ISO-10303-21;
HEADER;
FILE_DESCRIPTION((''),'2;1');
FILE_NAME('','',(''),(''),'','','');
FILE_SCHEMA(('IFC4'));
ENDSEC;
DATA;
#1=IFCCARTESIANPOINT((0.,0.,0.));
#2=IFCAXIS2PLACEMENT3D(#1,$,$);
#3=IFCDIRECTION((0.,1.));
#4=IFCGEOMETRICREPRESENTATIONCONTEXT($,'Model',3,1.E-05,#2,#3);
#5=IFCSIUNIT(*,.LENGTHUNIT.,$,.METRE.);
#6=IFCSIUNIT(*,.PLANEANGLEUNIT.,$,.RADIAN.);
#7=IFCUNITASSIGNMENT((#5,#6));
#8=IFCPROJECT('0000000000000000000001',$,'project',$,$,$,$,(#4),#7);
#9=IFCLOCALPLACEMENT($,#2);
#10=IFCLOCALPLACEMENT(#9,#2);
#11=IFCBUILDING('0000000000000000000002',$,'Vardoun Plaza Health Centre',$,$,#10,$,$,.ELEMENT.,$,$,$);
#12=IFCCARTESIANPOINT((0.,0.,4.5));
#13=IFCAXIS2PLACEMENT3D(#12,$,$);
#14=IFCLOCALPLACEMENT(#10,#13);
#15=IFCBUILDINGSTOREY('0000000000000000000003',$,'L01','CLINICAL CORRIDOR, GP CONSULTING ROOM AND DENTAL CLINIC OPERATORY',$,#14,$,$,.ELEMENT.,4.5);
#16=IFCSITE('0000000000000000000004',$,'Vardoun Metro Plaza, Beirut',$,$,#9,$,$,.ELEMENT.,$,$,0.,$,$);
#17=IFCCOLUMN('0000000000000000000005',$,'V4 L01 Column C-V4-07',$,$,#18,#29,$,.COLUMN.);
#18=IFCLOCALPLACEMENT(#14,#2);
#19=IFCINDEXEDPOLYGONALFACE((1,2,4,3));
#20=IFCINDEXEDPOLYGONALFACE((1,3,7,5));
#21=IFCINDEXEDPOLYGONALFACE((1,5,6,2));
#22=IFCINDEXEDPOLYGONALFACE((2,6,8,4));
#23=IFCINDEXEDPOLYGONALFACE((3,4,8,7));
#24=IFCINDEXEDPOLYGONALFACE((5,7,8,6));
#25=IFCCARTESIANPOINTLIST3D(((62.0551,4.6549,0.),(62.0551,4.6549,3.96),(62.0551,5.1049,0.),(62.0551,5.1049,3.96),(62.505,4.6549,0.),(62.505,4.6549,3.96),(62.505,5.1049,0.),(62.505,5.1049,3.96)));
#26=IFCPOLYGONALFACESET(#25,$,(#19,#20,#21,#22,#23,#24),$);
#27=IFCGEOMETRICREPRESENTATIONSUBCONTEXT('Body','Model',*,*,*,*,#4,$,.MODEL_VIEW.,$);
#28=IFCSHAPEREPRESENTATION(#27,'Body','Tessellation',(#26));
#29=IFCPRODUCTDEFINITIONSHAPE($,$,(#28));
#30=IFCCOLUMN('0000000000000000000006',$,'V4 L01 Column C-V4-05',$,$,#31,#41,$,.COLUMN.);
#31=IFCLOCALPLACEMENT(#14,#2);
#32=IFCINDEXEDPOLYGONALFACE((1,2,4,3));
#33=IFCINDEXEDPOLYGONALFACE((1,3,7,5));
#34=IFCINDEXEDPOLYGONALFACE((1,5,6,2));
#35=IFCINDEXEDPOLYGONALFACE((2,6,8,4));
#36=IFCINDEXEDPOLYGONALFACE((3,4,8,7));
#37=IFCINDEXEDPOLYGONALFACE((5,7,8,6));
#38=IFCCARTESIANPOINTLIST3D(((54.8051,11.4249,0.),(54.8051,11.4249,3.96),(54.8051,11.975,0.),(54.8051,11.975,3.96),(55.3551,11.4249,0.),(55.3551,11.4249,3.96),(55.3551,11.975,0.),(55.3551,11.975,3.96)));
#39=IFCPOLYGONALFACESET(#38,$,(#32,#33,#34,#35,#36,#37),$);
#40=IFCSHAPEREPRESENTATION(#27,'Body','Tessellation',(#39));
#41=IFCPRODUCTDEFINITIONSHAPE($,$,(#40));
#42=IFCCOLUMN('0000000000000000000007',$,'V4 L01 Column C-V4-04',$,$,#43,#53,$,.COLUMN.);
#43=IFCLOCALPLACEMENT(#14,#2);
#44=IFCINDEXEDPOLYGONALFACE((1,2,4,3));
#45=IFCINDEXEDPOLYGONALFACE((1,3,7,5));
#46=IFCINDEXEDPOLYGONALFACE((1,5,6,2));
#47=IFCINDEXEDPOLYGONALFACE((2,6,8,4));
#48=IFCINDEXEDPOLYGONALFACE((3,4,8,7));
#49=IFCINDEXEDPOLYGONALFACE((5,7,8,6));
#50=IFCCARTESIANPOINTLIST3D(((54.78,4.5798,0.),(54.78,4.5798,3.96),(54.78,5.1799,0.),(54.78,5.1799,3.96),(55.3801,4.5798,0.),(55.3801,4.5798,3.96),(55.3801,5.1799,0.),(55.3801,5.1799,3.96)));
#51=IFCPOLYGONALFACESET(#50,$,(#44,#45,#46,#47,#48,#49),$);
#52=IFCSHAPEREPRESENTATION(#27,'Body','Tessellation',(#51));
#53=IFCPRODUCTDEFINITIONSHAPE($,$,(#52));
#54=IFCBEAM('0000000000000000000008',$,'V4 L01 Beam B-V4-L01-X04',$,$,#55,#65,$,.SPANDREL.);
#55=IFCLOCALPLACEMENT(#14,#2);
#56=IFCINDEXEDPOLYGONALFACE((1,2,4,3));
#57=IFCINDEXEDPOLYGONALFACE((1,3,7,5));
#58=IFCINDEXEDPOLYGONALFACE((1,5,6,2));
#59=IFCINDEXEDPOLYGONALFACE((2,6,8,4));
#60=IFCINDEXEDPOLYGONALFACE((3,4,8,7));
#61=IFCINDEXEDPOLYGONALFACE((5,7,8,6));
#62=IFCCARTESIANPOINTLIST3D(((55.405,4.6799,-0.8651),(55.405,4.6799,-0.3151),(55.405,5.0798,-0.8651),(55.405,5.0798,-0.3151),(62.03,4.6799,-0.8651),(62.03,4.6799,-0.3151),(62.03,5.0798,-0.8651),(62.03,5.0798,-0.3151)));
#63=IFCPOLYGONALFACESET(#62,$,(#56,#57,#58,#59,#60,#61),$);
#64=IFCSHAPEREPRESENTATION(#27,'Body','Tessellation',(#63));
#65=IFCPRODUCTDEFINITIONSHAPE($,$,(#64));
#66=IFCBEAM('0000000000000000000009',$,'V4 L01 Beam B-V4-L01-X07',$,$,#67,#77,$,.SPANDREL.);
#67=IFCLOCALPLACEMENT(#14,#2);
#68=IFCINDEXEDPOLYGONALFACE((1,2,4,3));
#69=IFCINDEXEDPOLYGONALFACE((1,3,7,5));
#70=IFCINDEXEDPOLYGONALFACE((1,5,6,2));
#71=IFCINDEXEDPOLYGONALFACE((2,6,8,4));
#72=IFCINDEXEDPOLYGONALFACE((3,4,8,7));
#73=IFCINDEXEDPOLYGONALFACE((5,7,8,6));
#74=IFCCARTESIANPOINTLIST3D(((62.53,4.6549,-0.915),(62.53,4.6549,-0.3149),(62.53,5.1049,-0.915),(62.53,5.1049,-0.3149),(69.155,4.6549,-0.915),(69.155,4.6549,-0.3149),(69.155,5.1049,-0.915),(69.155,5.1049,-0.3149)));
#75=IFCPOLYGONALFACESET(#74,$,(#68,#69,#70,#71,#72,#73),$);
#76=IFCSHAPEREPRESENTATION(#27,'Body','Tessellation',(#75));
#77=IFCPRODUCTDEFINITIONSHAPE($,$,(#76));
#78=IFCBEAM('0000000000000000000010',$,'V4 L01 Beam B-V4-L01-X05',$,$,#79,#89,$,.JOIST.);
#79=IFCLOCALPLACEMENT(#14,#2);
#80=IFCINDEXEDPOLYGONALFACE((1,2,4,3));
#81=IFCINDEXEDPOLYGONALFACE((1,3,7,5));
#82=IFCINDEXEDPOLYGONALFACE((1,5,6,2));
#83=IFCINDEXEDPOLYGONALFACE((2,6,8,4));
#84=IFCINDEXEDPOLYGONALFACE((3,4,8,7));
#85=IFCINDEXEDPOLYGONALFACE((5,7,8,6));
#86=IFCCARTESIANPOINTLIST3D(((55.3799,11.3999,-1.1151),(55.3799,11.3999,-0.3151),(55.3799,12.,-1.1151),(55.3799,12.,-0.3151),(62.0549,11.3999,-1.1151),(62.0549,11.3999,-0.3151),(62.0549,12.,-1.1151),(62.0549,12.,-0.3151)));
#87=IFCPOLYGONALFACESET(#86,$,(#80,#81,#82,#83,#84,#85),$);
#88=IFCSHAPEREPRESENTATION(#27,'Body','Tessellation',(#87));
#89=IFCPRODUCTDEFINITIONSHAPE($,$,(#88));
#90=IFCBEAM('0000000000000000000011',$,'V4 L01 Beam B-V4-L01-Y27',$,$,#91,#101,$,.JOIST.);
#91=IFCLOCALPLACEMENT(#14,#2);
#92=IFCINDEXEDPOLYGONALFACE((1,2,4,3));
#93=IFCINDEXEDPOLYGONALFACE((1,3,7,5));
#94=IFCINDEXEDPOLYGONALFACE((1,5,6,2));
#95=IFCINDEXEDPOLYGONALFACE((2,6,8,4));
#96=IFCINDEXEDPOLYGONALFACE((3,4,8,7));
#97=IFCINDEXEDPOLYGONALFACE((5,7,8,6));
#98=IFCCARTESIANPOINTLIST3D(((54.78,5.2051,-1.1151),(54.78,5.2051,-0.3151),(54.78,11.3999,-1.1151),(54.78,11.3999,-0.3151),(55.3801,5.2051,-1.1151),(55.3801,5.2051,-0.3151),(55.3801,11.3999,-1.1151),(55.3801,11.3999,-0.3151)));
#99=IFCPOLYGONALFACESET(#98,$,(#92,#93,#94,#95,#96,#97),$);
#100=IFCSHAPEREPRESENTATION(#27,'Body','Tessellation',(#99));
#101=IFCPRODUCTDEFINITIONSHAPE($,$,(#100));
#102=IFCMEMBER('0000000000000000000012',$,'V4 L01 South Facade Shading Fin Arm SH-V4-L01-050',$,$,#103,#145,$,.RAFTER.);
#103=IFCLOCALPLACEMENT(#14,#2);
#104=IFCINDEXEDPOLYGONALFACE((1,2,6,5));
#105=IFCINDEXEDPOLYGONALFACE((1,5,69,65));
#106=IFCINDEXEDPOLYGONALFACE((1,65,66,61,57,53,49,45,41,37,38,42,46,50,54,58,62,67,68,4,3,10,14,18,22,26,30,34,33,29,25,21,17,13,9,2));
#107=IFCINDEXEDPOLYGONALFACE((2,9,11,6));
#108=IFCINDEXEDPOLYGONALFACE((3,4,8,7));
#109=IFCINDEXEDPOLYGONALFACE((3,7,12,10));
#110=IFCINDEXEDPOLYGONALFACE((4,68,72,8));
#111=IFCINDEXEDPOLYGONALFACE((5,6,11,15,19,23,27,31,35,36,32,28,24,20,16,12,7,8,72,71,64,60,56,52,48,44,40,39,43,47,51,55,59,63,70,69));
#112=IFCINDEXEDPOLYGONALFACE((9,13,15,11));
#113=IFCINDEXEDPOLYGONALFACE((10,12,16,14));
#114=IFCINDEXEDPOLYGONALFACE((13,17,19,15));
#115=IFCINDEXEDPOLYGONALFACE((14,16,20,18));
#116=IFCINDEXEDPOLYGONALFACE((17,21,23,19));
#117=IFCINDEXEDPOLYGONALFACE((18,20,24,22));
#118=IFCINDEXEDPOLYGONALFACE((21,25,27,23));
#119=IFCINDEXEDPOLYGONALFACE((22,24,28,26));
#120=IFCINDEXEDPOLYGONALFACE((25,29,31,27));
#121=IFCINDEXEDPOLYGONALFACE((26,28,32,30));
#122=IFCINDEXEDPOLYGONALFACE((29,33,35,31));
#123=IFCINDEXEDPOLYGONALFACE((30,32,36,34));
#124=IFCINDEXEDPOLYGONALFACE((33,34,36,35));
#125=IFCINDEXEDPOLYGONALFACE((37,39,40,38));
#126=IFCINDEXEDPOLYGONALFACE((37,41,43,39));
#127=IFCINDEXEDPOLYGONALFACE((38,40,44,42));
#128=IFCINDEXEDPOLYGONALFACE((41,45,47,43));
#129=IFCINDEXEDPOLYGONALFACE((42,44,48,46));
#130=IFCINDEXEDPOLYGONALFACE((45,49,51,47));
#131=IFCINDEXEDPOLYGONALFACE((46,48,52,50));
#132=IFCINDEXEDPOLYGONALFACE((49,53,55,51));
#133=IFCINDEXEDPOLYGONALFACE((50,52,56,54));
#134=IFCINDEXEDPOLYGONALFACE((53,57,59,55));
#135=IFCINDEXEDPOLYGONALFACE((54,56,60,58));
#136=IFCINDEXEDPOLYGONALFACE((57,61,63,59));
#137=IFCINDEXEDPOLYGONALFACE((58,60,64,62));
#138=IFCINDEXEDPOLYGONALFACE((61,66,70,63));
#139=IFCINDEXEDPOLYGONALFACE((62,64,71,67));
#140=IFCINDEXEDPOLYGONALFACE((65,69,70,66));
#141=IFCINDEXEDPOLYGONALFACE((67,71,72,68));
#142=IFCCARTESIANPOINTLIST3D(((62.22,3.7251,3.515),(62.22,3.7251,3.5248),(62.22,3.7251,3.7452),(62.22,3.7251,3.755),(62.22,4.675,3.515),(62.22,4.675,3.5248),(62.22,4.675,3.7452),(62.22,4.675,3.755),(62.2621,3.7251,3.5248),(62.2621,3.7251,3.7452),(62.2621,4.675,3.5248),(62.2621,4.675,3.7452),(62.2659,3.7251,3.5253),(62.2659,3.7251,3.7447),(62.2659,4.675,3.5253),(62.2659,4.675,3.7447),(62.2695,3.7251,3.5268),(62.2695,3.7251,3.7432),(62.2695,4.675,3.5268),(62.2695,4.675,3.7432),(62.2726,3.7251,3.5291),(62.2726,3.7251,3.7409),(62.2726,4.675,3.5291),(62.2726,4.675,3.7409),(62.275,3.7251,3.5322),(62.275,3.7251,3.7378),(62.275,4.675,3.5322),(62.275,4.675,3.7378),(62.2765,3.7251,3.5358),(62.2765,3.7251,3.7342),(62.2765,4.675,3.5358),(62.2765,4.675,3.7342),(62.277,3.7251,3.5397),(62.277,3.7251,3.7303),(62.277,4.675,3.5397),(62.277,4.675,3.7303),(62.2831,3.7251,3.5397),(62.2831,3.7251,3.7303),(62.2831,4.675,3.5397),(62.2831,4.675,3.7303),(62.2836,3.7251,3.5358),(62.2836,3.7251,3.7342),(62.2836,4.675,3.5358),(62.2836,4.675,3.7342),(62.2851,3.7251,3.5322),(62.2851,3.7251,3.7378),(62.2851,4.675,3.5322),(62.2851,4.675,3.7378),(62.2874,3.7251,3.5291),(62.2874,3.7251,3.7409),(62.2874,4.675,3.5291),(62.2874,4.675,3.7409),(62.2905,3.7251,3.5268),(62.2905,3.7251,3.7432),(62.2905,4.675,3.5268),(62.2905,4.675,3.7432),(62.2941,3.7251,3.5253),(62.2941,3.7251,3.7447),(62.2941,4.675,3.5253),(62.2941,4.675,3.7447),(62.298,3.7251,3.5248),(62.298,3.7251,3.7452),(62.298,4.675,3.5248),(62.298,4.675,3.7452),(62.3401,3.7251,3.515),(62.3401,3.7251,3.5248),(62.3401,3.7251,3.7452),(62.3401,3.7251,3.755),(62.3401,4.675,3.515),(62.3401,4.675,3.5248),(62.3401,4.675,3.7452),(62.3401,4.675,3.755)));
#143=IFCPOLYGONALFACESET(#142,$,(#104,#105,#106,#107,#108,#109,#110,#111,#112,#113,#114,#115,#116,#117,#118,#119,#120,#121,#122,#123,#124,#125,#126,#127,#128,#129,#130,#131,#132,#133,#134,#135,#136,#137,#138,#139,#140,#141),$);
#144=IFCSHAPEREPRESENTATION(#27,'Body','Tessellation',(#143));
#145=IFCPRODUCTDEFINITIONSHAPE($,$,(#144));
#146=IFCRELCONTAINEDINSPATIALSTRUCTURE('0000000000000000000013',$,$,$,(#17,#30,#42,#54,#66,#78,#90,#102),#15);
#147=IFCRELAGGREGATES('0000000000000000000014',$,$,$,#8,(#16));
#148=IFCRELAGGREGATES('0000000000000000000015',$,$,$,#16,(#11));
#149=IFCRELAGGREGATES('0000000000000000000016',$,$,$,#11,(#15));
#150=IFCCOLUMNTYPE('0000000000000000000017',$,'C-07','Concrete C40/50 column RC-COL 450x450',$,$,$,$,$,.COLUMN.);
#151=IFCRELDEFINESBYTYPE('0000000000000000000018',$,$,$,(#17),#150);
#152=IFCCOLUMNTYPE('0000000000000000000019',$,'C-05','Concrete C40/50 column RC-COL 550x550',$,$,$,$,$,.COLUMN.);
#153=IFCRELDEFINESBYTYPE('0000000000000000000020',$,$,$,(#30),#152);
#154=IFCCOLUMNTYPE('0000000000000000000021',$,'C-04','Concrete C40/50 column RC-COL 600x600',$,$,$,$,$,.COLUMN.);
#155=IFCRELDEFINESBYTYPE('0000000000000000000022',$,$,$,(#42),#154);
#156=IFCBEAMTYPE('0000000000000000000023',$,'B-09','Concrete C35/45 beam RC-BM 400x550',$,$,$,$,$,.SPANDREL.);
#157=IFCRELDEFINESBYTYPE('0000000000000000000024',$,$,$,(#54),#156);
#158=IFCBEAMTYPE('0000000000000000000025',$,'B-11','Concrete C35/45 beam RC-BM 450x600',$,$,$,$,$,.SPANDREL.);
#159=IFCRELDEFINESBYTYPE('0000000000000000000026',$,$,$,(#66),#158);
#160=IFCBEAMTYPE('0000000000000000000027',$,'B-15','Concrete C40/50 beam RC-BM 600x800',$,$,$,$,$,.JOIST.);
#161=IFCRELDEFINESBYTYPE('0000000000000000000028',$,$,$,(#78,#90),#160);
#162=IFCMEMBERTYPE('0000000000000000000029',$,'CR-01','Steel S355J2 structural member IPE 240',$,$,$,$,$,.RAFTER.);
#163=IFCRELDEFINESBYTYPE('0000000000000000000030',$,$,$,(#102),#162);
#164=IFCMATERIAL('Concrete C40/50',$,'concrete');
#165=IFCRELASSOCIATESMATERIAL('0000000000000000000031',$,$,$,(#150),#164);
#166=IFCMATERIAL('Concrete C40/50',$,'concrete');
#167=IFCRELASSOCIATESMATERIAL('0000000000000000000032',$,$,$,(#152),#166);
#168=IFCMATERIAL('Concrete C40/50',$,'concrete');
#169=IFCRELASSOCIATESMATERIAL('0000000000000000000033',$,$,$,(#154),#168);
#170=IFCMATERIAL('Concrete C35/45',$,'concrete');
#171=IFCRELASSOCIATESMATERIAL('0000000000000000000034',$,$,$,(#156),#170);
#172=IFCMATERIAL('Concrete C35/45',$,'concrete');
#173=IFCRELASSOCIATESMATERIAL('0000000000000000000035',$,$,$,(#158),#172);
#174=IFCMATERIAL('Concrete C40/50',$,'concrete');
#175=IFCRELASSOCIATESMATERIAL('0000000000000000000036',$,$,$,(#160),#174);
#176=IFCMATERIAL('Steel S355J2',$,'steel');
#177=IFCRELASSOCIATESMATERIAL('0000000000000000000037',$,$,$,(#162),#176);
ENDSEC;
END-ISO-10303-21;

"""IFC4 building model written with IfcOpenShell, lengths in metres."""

from ifc_helpers import new_model, si_unit, direction, frame, origin, origin_2d, place, context, subcontext, project, spatial, rectangle, i_section, extrude, material, material_profile, profile_set, type_object, element, save


model = new_model("IFC4")

# Units and contexts
model_context = context("Model", 3, precision=1e-05, world=origin(), true_north=direction((0.0, 1.0)))
body_context = subcontext(model_context, "Body", "Model", "MODEL_VIEW")
ifc_project = project(units=[si_unit("LENGTHUNIT", "METRE"), si_unit("PLANEANGLEUNIT", "RADIAN")], contexts=[model_context])

# Site, building, storey
site_placement = place(None, origin())
site = spatial("IfcSite", under=ifc_project, at=site_placement, Name="Vardoun Metro Plaza, Beirut", CompositionType="ELEMENT", RefElevation=0.0)
building_placement = place(site_placement, origin())
building = spatial("IfcBuilding", under=site, at=building_placement, Name="Vardoun Plaza Health Centre", CompositionType="ELEMENT")
storey_placement = place(building_placement, frame((0.0, 0.0, 4.5)))
storey = spatial("IfcBuildingStorey", under=building, at=storey_placement, Name="L01", Description="CLINICAL CORRIDOR, GP CONSULTING ROOM AND DENTAL CLINIC OPERATORY", CompositionType="ELEMENT", Elevation=4.5)

# Columns
ifc_material_1 = material(Name="Concrete C40/50", Category="concrete")
ifc_material_profile_1 = material_profile(ifc_material_1, rectangle(XDim=0.45, YDim=0.45, at=origin_2d()), Name="RC-COL 450x450")
ifc_profile_set_1 = profile_set([ifc_material_profile_1], Name="Concrete C40/50")
column_type_1 = type_object("IfcColumnType", Name="C-07", Description="Concrete C40/50 column RC-COL 450x450", PredefinedType="COLUMN", material=ifc_profile_set_1)
column_1_placement = place(storey_placement, frame((62.28, 4.8799, 0.0), z_axis=(0.0, 0.0, 1.0), x_axis=(1.0, 0.0, 0.0)))
element("IfcColumn", 1, at=column_1_placement, inside=storey, type_object=column_type_1, Name="V4 L01 Column C-V4-07", PredefinedType="COLUMN", context=body_context, shape_type="SweptSolid", body=[
    extrude(rectangle(XDim=0.45, YDim=0.45, at=origin_2d()), origin(), (0.0, 0.0, 1.0), 3.96),
])
ifc_material_2 = material(Name="Concrete C40/50", Category="concrete")
ifc_material_profile_2 = material_profile(ifc_material_2, rectangle(XDim=0.55, YDim=0.55, at=origin_2d()), Name="RC-COL 550x550")
ifc_profile_set_2 = profile_set([ifc_material_profile_2], Name="Concrete C40/50")
column_type_2 = type_object("IfcColumnType", Name="C-05", Description="Concrete C40/50 column RC-COL 550x550", PredefinedType="COLUMN", material=ifc_profile_set_2)
column_2_placement = place(storey_placement, frame((55.0801, 11.7, 0.0), z_axis=(0.0, 0.0, 1.0), x_axis=(1.0, 0.0, 0.0)))
element("IfcColumn", 2, at=column_2_placement, inside=storey, type_object=column_type_2, Name="V4 L01 Column C-V4-05", PredefinedType="COLUMN", context=body_context, shape_type="SweptSolid", body=[
    extrude(rectangle(XDim=0.55, YDim=0.55, at=origin_2d()), origin(), (0.0, 0.0, 1.0), 3.96),
])
ifc_material_3 = material(Name="Concrete C40/50", Category="concrete")
ifc_material_profile_3 = material_profile(ifc_material_3, rectangle(XDim=0.6001, YDim=0.6001, at=origin_2d()), Name="RC-COL 600x600")
ifc_profile_set_3 = profile_set([ifc_material_profile_3], Name="Concrete C40/50")
column_type_3 = type_object("IfcColumnType", Name="C-04", Description="Concrete C40/50 column RC-COL 600x600", PredefinedType="COLUMN", material=ifc_profile_set_3)
column_3_placement = place(storey_placement, frame((55.0801, 4.8799, 0.0), z_axis=(0.0, 0.0, 1.0), x_axis=(1.0, 0.0, 0.0)))
element("IfcColumn", 3, at=column_3_placement, inside=storey, type_object=column_type_3, Name="V4 L01 Column C-V4-04", PredefinedType="COLUMN", context=body_context, shape_type="SweptSolid", body=[
    extrude(rectangle(XDim=0.6001, YDim=0.6001, at=origin_2d()), origin(), (0.0, 0.0, 1.0), 3.96),
])

# Beams
ifc_material_4 = material(Name="Concrete C35/45", Category="concrete")
ifc_material_profile_4 = material_profile(ifc_material_4, rectangle(XDim=0.3999, YDim=0.55, at=origin_2d()), Name="RC-BM 400x550")
ifc_profile_set_4 = profile_set([ifc_material_profile_4], Name="Concrete C35/45")
beam_type_1 = type_object("IfcBeamType", Name="B-09", Description="Concrete C35/45 beam RC-BM 400x550", PredefinedType="SPANDREL", material=ifc_profile_set_4)
beam_1_placement = place(storey_placement, frame((55.405, 4.8799, -0.5901), z_axis=(1.0, 0.0, 0.0), x_axis=(0.0, 1.0, 0.0)))
element("IfcBeam", 4, at=beam_1_placement, inside=storey, type_object=beam_type_1, Name="V4 L01 Beam B-V4-L01-X04", PredefinedType="SPANDREL", context=body_context, shape_type="SweptSolid", body=[
    extrude(rectangle(XDim=0.3999, YDim=0.55, at=origin_2d()), origin(), (0.0, 0.0, 1.0), 6.625),
])
ifc_material_5 = material(Name="Concrete C35/45", Category="concrete")
ifc_material_profile_5 = material_profile(ifc_material_5, rectangle(XDim=0.45, YDim=0.6001, at=origin_2d()), Name="RC-BM 450x600")
ifc_profile_set_5 = profile_set([ifc_material_profile_5], Name="Concrete C35/45")
beam_type_2 = type_object("IfcBeamType", Name="B-11", Description="Concrete C35/45 beam RC-BM 450x600", PredefinedType="SPANDREL", material=ifc_profile_set_5)
beam_2_placement = place(storey_placement, frame((62.53, 4.8799, -0.615), z_axis=(1.0, 0.0, 0.0), x_axis=(0.0, 1.0, 0.0)))
element("IfcBeam", 5, at=beam_2_placement, inside=storey, type_object=beam_type_2, Name="V4 L01 Beam B-V4-L01-X07", PredefinedType="SPANDREL", context=body_context, shape_type="SweptSolid", body=[
    extrude(rectangle(XDim=0.45, YDim=0.6001, at=origin_2d()), origin(), (0.0, 0.0, 1.0), 6.625),
])
ifc_material_6 = material(Name="Concrete C40/50", Category="concrete")
ifc_material_profile_6 = material_profile(ifc_material_6, rectangle(XDim=0.6001, YDim=0.8, at=origin_2d()), Name="RC-BM 600x800")
ifc_profile_set_6 = profile_set([ifc_material_profile_6], Name="Concrete C40/50")
beam_type_3 = type_object("IfcBeamType", Name="B-15", Description="Concrete C40/50 beam RC-BM 600x800", PredefinedType="JOIST", material=ifc_profile_set_6)
beam_3_placement = place(storey_placement, frame((55.3799, 11.7, -0.7151), z_axis=(1.0, 0.0, 0.0), x_axis=(0.0, 1.0, 0.0)))
element("IfcBeam", 6, at=beam_3_placement, inside=storey, type_object=beam_type_3, Name="V4 L01 Beam B-V4-L01-X05", PredefinedType="JOIST", context=body_context, shape_type="SweptSolid", body=[
    extrude(rectangle(XDim=0.6001, YDim=0.8, at=origin_2d()), origin(), (0.0, 0.0, 1.0), 6.675),
])
beam_4_placement = place(storey_placement, frame((55.0801, 5.2051, -0.7151), z_axis=(0.0, 1.0, 0.0), x_axis=(-1.0, 0.0, 0.0)))
element("IfcBeam", 7, at=beam_4_placement, inside=storey, type_object=beam_type_3, Name="V4 L01 Beam B-V4-L01-Y27", PredefinedType="JOIST", context=body_context, shape_type="SweptSolid", body=[
    extrude(rectangle(XDim=0.6001, YDim=0.8, at=origin_2d()), origin(), (0.0, 0.0, 1.0), 6.1948),
])

# Member
ifc_material_7 = material(Name="Steel S355J2", Category="steel")
ifc_material_profile_7 = material_profile(ifc_material_7, i_section(OverallWidth=0.1201, OverallDepth=0.24, WebThickness=0.0061, FlangeThickness=0.0098, FilletRadius=0.0149, at=origin_2d()), Name="IPE 240")
ifc_profile_set_7 = profile_set([ifc_material_profile_7], Name="Steel S355J2")
member_type_1 = type_object("IfcMemberType", Name="CR-01", Description="Steel S355J2 structural member IPE 240", PredefinedType="RAFTER", material=ifc_profile_set_7)
member_1_placement = place(storey_placement, frame((62.28, 4.675, 3.635), z_axis=(0.0, -1.0, 0.0), x_axis=(1.0, 0.0, 0.0)))
element("IfcMember", 8, at=member_1_placement, inside=storey, type_object=member_type_1, Name="V4 L01 South Facade Shading Fin Arm SH-V4-L01-050", PredefinedType="RAFTER", context=body_context, shape_type="SweptSolid", body=[
    extrude(i_section(OverallWidth=0.1201, OverallDepth=0.24, WebThickness=0.0061, FlangeThickness=0.0098, FilletRadius=0.0149, at=origin_2d()), origin(), (0.0, 0.0, 1.0), 0.95),
])

save(model, "model.ifc")
